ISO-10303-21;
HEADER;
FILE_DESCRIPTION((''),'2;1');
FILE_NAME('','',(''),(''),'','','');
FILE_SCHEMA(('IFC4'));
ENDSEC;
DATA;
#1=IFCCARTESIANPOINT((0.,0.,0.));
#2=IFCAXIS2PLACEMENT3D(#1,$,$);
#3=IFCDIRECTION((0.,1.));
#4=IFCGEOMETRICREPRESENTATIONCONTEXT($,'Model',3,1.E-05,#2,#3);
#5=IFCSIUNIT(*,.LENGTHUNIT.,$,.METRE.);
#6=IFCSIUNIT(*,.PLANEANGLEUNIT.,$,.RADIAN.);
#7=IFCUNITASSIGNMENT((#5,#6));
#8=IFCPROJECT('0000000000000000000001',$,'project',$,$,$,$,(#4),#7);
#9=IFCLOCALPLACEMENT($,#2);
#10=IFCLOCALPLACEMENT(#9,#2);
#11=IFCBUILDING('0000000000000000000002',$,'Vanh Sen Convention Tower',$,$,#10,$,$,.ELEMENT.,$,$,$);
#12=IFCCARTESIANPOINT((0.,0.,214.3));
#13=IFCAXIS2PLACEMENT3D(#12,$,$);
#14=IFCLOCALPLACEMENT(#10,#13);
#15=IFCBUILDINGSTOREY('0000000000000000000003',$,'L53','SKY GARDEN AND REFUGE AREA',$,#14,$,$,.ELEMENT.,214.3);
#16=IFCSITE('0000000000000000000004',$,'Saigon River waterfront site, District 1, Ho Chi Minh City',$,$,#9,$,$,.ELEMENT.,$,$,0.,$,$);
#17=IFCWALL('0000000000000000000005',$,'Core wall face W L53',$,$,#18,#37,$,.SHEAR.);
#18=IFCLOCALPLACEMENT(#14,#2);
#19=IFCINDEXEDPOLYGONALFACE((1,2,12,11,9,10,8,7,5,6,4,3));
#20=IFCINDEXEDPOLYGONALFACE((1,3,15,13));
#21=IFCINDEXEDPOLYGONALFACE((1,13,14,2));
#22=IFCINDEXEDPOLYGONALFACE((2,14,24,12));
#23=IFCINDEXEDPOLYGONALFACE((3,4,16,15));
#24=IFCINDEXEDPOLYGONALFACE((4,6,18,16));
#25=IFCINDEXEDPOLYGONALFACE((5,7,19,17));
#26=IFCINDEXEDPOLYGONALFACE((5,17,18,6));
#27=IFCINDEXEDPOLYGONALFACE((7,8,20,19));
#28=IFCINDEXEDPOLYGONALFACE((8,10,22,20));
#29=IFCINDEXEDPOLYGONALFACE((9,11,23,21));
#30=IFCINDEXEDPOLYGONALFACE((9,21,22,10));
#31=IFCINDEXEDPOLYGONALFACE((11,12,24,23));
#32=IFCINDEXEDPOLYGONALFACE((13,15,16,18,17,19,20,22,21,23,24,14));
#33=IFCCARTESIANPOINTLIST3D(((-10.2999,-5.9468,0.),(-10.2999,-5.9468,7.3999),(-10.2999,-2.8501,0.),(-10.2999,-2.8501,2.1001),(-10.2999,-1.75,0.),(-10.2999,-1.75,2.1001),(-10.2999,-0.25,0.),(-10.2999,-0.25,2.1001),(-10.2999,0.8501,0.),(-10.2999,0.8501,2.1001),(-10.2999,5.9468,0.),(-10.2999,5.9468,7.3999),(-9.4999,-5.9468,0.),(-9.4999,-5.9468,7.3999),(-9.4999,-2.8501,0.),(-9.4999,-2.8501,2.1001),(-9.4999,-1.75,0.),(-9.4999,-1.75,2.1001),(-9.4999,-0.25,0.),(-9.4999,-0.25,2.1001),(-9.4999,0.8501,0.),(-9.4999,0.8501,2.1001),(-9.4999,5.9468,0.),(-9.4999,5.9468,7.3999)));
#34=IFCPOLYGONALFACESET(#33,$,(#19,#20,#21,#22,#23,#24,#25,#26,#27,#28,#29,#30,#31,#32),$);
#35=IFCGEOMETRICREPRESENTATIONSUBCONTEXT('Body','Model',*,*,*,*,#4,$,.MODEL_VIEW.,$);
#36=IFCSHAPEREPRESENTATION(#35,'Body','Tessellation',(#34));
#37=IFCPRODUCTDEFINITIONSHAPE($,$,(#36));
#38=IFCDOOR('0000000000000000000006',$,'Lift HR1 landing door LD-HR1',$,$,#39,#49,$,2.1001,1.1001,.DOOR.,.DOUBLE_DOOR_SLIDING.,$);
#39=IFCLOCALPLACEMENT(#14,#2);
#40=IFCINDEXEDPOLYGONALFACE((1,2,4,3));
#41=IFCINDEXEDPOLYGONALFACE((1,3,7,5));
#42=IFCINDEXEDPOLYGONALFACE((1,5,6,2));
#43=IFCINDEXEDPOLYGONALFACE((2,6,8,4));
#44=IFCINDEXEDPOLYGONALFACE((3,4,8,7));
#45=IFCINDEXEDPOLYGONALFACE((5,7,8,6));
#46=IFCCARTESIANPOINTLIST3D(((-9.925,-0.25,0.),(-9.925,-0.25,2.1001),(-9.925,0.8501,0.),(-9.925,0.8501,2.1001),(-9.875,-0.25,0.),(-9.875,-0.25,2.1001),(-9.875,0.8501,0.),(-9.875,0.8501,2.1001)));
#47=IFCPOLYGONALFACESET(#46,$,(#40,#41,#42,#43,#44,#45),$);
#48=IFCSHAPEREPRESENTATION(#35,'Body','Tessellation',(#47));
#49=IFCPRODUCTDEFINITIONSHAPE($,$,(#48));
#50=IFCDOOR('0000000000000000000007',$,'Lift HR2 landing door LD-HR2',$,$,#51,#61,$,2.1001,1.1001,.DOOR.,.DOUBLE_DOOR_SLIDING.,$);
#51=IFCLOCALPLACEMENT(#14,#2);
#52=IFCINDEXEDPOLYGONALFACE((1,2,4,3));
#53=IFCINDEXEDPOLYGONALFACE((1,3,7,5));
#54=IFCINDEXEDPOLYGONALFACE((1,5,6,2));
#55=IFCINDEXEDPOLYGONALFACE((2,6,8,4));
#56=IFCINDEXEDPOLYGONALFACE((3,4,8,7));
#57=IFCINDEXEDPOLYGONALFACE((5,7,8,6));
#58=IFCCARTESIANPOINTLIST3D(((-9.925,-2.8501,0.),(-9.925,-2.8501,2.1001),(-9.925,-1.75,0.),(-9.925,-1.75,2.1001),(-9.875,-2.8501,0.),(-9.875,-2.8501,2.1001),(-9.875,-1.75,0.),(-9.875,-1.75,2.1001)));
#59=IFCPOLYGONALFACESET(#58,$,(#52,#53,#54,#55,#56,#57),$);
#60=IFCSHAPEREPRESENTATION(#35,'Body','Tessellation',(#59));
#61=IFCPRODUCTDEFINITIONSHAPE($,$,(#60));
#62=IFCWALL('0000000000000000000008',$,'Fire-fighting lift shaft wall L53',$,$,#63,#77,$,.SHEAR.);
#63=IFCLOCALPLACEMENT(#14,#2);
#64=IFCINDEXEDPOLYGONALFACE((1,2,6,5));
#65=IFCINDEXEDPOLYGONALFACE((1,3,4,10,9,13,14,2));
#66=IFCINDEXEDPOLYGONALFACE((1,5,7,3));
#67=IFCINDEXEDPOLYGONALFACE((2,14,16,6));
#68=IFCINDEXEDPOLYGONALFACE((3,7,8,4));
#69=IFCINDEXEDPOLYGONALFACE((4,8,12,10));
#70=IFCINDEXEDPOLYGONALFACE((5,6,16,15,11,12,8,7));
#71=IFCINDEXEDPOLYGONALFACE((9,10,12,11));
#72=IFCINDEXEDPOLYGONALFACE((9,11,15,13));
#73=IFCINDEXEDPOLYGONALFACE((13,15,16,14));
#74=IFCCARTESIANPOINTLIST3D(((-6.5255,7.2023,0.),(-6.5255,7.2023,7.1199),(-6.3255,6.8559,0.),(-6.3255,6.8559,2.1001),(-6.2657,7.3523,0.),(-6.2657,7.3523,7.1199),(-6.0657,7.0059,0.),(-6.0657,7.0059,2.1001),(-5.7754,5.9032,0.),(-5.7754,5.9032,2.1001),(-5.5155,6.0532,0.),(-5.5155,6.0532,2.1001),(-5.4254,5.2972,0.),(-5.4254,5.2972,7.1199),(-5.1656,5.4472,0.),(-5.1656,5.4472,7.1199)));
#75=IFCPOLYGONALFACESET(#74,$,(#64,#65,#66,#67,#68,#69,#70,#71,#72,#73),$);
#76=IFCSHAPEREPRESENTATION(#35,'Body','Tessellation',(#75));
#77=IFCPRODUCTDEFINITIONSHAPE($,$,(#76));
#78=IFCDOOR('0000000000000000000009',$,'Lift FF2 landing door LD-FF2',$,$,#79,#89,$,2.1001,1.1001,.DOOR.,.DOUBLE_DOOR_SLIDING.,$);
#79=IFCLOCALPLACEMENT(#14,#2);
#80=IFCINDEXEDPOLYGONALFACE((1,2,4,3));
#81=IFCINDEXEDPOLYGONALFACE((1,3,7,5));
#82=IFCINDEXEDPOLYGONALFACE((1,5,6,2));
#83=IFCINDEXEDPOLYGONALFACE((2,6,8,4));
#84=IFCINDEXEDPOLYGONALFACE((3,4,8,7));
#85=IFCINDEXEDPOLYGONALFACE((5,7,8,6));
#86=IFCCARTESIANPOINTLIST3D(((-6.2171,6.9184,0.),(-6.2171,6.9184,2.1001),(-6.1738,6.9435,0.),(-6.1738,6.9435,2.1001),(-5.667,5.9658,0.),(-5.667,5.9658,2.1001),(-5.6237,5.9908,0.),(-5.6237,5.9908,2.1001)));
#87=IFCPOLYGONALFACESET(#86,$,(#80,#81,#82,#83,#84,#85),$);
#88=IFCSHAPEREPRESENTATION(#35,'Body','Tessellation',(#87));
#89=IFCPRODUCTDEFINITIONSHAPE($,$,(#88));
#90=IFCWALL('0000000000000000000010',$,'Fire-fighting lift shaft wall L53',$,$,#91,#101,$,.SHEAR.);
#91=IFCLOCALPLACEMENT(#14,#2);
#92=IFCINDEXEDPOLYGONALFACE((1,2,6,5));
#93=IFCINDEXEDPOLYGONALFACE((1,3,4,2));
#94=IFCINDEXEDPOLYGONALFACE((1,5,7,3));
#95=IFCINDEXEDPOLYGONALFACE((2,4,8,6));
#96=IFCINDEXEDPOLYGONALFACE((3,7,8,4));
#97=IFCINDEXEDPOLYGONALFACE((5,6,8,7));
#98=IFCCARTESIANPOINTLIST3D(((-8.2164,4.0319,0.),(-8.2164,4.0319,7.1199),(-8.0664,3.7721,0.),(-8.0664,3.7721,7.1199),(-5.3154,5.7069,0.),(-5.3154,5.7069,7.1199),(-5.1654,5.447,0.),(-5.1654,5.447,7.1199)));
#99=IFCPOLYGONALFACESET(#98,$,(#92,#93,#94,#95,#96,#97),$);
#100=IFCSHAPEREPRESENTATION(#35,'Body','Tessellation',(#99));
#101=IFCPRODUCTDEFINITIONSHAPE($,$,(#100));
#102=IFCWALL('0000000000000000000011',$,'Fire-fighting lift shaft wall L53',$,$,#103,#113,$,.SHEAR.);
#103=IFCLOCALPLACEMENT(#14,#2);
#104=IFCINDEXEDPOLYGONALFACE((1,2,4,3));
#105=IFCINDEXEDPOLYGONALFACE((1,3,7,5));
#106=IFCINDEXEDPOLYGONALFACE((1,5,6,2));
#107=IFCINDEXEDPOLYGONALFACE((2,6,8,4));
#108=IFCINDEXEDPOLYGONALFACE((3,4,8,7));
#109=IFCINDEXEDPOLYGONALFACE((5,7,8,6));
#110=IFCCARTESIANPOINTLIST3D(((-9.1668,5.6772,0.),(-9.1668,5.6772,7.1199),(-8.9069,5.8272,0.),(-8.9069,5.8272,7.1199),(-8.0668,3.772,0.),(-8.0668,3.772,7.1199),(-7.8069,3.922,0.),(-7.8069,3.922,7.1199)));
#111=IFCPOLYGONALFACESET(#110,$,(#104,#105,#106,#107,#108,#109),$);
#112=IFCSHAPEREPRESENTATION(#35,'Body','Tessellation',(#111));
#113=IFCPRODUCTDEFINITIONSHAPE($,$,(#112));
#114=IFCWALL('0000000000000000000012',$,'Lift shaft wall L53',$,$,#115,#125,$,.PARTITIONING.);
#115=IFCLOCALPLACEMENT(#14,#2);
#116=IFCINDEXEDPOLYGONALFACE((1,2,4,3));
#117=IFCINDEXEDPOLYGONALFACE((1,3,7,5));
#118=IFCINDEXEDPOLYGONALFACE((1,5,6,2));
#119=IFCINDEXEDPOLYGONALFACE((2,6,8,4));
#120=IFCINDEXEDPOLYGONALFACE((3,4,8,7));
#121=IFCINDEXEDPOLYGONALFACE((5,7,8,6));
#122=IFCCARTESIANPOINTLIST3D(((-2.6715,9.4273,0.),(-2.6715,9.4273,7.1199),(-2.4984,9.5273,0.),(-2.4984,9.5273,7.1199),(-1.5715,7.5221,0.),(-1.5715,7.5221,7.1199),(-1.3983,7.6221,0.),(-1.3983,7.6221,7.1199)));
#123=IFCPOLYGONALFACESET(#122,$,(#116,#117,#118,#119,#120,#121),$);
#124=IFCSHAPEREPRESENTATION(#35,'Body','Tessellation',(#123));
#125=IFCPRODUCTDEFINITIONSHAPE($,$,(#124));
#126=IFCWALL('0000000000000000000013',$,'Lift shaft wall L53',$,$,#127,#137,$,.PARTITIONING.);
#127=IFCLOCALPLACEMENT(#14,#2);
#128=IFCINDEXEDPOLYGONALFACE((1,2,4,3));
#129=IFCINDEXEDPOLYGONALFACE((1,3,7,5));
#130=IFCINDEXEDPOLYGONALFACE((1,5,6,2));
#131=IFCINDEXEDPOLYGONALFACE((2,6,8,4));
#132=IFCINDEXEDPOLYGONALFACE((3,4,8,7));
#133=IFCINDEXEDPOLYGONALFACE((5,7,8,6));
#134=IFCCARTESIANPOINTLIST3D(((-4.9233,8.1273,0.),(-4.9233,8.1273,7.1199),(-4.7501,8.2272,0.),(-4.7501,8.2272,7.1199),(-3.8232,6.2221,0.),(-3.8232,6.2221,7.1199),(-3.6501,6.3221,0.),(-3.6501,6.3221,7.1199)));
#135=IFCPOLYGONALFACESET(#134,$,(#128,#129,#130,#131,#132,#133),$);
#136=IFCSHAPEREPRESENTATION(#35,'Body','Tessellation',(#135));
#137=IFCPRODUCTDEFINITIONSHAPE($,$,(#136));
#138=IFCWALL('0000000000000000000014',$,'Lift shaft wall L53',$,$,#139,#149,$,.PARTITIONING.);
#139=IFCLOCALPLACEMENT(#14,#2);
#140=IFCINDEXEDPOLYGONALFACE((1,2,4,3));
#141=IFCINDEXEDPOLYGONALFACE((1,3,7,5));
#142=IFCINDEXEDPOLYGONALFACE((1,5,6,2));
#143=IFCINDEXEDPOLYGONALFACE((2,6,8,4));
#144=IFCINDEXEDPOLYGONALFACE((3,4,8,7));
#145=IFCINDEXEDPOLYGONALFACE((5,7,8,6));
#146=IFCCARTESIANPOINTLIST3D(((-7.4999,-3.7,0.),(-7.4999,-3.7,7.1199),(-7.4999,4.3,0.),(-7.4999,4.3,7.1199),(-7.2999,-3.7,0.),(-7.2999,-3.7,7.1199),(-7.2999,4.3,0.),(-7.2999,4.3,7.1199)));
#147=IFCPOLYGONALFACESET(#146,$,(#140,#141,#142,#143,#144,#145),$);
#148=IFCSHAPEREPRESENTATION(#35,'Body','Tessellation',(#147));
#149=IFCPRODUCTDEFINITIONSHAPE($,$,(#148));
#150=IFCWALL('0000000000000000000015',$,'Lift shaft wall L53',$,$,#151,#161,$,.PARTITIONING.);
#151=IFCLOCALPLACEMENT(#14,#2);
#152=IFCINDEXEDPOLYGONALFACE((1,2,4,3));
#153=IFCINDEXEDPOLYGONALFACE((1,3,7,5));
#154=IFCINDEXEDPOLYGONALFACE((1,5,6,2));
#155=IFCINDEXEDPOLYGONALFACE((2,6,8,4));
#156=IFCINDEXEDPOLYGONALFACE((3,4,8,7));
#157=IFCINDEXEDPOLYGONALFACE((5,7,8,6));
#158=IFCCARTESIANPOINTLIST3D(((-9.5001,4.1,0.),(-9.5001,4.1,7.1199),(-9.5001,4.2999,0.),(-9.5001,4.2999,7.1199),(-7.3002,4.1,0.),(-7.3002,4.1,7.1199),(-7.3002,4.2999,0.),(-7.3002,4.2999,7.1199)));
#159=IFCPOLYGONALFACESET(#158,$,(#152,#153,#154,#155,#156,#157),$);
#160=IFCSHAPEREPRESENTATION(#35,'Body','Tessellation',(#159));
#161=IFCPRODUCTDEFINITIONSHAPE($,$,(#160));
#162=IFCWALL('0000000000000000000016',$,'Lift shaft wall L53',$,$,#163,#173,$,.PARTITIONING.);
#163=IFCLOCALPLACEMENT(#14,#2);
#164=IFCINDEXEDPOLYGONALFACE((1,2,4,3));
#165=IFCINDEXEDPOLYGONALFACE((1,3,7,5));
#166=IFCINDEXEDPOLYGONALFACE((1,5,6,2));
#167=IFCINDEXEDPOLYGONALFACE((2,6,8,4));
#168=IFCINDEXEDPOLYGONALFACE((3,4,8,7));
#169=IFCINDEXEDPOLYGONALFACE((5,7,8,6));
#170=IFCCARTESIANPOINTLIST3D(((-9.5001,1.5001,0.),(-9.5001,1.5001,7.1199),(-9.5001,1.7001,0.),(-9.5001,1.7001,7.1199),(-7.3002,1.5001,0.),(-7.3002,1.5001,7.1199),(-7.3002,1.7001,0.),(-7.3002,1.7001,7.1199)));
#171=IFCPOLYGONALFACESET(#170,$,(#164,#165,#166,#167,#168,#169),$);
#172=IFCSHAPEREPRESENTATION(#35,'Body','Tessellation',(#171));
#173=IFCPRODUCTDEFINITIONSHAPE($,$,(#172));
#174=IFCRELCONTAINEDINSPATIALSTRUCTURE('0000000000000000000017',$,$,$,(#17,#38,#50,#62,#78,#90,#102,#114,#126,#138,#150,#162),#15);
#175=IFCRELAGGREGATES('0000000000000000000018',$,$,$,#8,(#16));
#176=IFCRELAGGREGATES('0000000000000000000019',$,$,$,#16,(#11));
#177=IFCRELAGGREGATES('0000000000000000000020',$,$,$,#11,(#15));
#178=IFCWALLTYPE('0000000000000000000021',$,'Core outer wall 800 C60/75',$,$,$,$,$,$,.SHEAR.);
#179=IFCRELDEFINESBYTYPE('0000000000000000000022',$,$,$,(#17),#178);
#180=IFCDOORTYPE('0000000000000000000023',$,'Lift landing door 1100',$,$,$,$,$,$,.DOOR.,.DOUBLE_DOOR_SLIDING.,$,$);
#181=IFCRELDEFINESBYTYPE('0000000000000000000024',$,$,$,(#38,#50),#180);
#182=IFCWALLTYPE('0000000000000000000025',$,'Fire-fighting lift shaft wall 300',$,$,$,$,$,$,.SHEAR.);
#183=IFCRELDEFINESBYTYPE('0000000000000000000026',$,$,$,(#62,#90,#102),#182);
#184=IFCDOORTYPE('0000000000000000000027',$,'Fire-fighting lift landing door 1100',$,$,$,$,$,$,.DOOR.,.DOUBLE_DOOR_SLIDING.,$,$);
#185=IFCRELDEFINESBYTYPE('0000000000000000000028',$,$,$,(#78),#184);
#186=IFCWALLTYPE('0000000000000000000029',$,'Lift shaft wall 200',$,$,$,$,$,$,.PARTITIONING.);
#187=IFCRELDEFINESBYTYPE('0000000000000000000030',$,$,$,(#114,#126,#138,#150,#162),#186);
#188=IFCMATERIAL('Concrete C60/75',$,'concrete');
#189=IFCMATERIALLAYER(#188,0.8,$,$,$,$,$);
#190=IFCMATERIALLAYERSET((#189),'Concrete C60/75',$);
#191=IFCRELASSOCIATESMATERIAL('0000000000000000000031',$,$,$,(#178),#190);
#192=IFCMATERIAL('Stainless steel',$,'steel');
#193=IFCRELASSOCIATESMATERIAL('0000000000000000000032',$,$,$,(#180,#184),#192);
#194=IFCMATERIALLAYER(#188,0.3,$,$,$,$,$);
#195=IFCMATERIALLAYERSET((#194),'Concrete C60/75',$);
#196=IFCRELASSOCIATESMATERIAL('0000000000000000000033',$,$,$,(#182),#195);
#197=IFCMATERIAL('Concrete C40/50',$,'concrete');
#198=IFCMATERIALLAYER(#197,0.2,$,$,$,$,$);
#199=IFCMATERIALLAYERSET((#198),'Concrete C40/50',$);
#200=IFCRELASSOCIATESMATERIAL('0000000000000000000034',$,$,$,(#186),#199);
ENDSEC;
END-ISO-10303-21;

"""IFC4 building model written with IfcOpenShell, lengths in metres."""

from ifc_helpers import new_model, si_unit, direction, frame, frame_2d, origin, place, context, subcontext, project, spatial, rectangle, extrude, material, layer, layer_set, type_object, element, fill, save


model = new_model("IFC4")

# Units and contexts
model_context = context("Model", 3, precision=1e-05, world=origin(), true_north=direction((0.0, 1.0)))
body_context = subcontext(model_context, "Body", "Model", "MODEL_VIEW")
ifc_project = project(units=[si_unit("LENGTHUNIT", "METRE"), si_unit("PLANEANGLEUNIT", "RADIAN")], contexts=[model_context])

# Site, building, storey
site_placement = place(None, origin())
site = spatial("IfcSite", under=ifc_project, at=site_placement, Name="Saigon River waterfront site, District 1, Ho Chi Minh City", CompositionType="ELEMENT", RefElevation=0.0)
building_placement = place(site_placement, origin())
building = spatial("IfcBuilding", under=site, at=building_placement, Name="Vanh Sen Convention Tower", CompositionType="ELEMENT")
storey_placement = place(building_placement, frame((0.0, 0.0, 214.3)))
storey = spatial("IfcBuildingStorey", under=building, at=storey_placement, Name="L53", Description="SKY GARDEN AND REFUGE AREA", CompositionType="ELEMENT", Elevation=214.3)

# Wall, openings, doors
ifc_material_1 = material(Name="Concrete C60/75", Category="concrete")
ifc_layer_1 = layer(ifc_material_1, 0.8)
ifc_layer_set_1 = layer_set([ifc_layer_1], Name="Concrete C60/75")
wall_type_1 = type_object("IfcWallType", Name="Core outer wall 800 C60/75", PredefinedType="SHEAR", material=ifc_layer_set_1)
wall_1_placement = place(storey_placement, frame((-9.8999, 5.9468, 0.0), z_axis=(0.0, 0.0, 1.0), x_axis=(0.0, -1.0, 0.0)))
wall_1 = element("IfcWall", 1, at=wall_1_placement, inside=storey, type_object=wall_type_1, Name="Core wall face W L53", PredefinedType="SHEAR", context=body_context, shape_type="SweptSolid", body=[
    extrude(rectangle(XDim=11.8936, YDim=0.8, at=frame_2d((5.9468, 0.0))), origin(), (0.0, 0.0, 1.0), 7.3999),
])
opening_1_placement = place(wall_1_placement, frame((5.0967, 0.0, 0.0)))
opening_1 = element("IfcOpeningElement", 2, at=opening_1_placement, cuts=wall_1, PredefinedType="OPENING", context=body_context, shape_type="SweptSolid", body=[
    extrude(rectangle(XDim=1.1001, YDim=2.1001, at=frame_2d((0.55, 1.05))), frame((0.0, 0.4099, 0.0), z_axis=(0.0, -1.0, 0.0), x_axis=(1.0, 0.0, 0.0)), (0.0, 0.0, 1.0), 0.8201),
])
opening_2_placement = place(wall_1_placement, frame((7.6968, 0.0, 0.0)))
opening_2 = element("IfcOpeningElement", 3, at=opening_2_placement, cuts=wall_1, PredefinedType="OPENING", context=body_context, shape_type="SweptSolid", body=[
    extrude(rectangle(XDim=1.1001, YDim=2.1001, at=frame_2d((0.55, 1.05))), frame((0.0, 0.4099, 0.0), z_axis=(0.0, -1.0, 0.0), x_axis=(1.0, 0.0, 0.0)), (0.0, 0.0, 1.0), 0.8201),
])
ifc_material_2 = material(Name="Stainless steel", Category="steel")
door_type_1 = type_object("IfcDoorType", Name="Lift landing door 1100", OperationType="DOUBLE_DOOR_SLIDING", PredefinedType="DOOR", material=ifc_material_2)
door_1_placement = place(opening_1_placement, origin())
door_1 = element("IfcDoor", 4, at=door_1_placement, inside=storey, type_object=door_type_1, Name="Lift HR1 landing door LD-HR1", OperationType="DOUBLE_DOOR_SLIDING", OverallHeight=2.1001, OverallWidth=1.1001, PredefinedType="DOOR", context=body_context, shape_type="SweptSolid", body=[
    extrude(rectangle(XDim=1.1001, YDim=2.1001, at=frame_2d((0.55, 1.05))), frame((0.0, 0.0249, 0.0), z_axis=(0.0, -1.0, 0.0), x_axis=(1.0, 0.0, 0.0)), (0.0, 0.0, 1.0), 0.05),
])
fill(opening_1, door_1)
door_2_placement = place(opening_2_placement, origin())
door_2 = element("IfcDoor", 5, at=door_2_placement, inside=storey, type_object=door_type_1, Name="Lift HR2 landing door LD-HR2", OperationType="DOUBLE_DOOR_SLIDING", OverallHeight=2.1001, OverallWidth=1.1001, PredefinedType="DOOR", context=body_context, shape_type="SweptSolid", body=[
    extrude(rectangle(XDim=1.1001, YDim=2.1001, at=frame_2d((0.55, 1.05))), frame((0.0, 0.0249, 0.0), z_axis=(0.0, -1.0, 0.0), x_axis=(1.0, 0.0, 0.0)), (0.0, 0.0, 1.0), 0.05),
])
fill(opening_2, door_2)

# Wall, opening, door
ifc_layer_2 = layer(ifc_material_1, 0.3)
ifc_layer_set_2 = layer_set([ifc_layer_2], Name="Concrete C60/75")
wall_type_2 = type_object("IfcWallType", Name="Fire-fighting lift shaft wall 300", PredefinedType="SHEAR", material=ifc_layer_set_2)
wall_2_placement = place(storey_placement, frame((-5.2954, 5.3721, 0.0), z_axis=(0.0, 0.0, 1.0), x_axis=(-0.500078, 0.86598, 0.0)))
wall_2 = element("IfcWall", 6, at=wall_2_placement, inside=storey, type_object=wall_type_2, Name="Fire-fighting lift shaft wall L53", PredefinedType="SHEAR", context=body_context, shape_type="SweptSolid", body=[
    extrude(rectangle(XDim=2.2, YDim=0.3, at=frame_2d((1.1001, 0.0))), origin(), (0.0, 0.0, 1.0), 7.1199),
])
opening_3_placement = place(wall_2_placement, frame((0.7, 0.0, 0.0)))
opening_3 = element("IfcOpeningElement", 7, at=opening_3_placement, cuts=wall_2, PredefinedType="OPENING", context=body_context, shape_type="SweptSolid", body=[
    extrude(rectangle(XDim=1.1001, YDim=2.1001, at=frame_2d((0.55, 1.05))), frame((0.0, 0.1599, 0.0), z_axis=(0.0, -1.0, 0.0), x_axis=(1.0, 0.0, 0.0)), (0.0, 0.0, 1.0), 0.3201),
])
door_type_2 = type_object("IfcDoorType", Name="Fire-fighting lift landing door 1100", OperationType="DOUBLE_DOOR_SLIDING", PredefinedType="DOOR", material=ifc_material_2)
door_3_placement = place(opening_3_placement, origin())
door_3 = element("IfcDoor", 8, at=door_3_placement, inside=storey, type_object=door_type_2, Name="Lift FF2 landing door LD-FF2", OperationType="DOUBLE_DOOR_SLIDING", OverallHeight=2.1001, OverallWidth=1.1001, PredefinedType="DOOR", context=body_context, shape_type="SweptSolid", body=[
    extrude(rectangle(XDim=1.1001, YDim=2.1001, at=frame_2d((0.55, 1.05))), frame((0.0, 0.0249, 0.0), z_axis=(0.0, -1.0, 0.0), x_axis=(1.0, 0.0, 0.0)), (0.0, 0.0, 1.0), 0.05),
])
fill(opening_3, door_3)

# Walls
wall_3_placement = place(storey_placement, frame((-5.2405, 5.5769, 0.0), z_axis=(0.0, 0.0, 1.0), x_axis=(-0.866014, -0.500019, 0.0)))
element("IfcWall", 9, at=wall_3_placement, inside=storey, type_object=wall_type_2, Name="Fire-fighting lift shaft wall L53", PredefinedType="SHEAR", context=body_context, shape_type="SweptSolid", body=[
    extrude(rectangle(XDim=3.3499, YDim=0.3, at=frame_2d((1.6748, 0.0))), origin(), (0.0, 0.0, 1.0), 7.1199),
])
wall_4_placement = place(storey_placement, frame((-7.9368, 3.8469, 0.0), z_axis=(0.0, 0.0, 1.0), x_axis=(-0.50003, 0.866008, 0.0)))
element("IfcWall", 10, at=wall_4_placement, inside=storey, type_object=wall_type_2, Name="Fire-fighting lift shaft wall L53", PredefinedType="SHEAR", context=body_context, shape_type="SweptSolid", body=[
    extrude(rectangle(XDim=2.2, YDim=0.3, at=frame_2d((1.1001, 0.0))), origin(), (0.0, 0.0, 1.0), 7.1199),
])
ifc_material_3 = material(Name="Concrete C40/50", Category="concrete")
ifc_layer_3 = layer(ifc_material_3, 0.2)
ifc_layer_set_3 = layer_set([ifc_layer_3], Name="Concrete C40/50")
wall_type_3 = type_object("IfcWallType", Name="Lift shaft wall 200", PredefinedType="PARTITIONING", material=ifc_layer_set_3)
for number, where, z_axis, x_axis, name in (
    (11, (-1.4849, 7.572, 0.0), (0.0, 0.0, 1.0), (-0.50003, 0.866008, 0.0), "Lift shaft wall L53"),
    (12, (-3.7366, 6.272, 0.0), (0.0, 0.0, 1.0), (-0.50003, 0.866008, 0.0), "Lift shaft wall L53"),
):
    element("IfcWall", number, at=place(storey_placement, frame(where, z_axis=z_axis, x_axis=x_axis)), inside=storey, type_object=wall_type_3, Name=name, PredefinedType="PARTITIONING", context=body_context, shape_type="SweptSolid", body=[
        extrude(rectangle(XDim=2.2, YDim=0.2, at=frame_2d((1.1001, 0.0))), origin(), (0.0, 0.0, 1.0), 7.1199),
    ])
wall_5_placement = place(storey_placement, frame((-7.3999, 4.3, 0.0), z_axis=(0.0, 0.0, 1.0), x_axis=(0.0, -1.0, 0.0)))
element("IfcWall", 13, at=wall_5_placement, inside=storey, type_object=wall_type_3, Name="Lift shaft wall L53", PredefinedType="PARTITIONING", context=body_context, shape_type="SweptSolid", body=[
    extrude(rectangle(XDim=8.0, YDim=0.2, at=frame_2d((4.0, 0.0))), origin(), (0.0, 0.0, 1.0), 7.1199),
])
for number, where, z_axis, x_axis, name in (
    (14, (-7.3, 4.2, 0.0), (0.0, 0.0, 1.0), (-1.0, 0.0, 0.0), "Lift shaft wall L53"),
    (15, (-7.3, 1.6001, 0.0), (0.0, 0.0, 1.0), (-1.0, 0.0, 0.0), "Lift shaft wall L53"),
):
    element("IfcWall", number, at=place(storey_placement, frame(where, z_axis=z_axis, x_axis=x_axis)), inside=storey, type_object=wall_type_3, Name=name, PredefinedType="PARTITIONING", context=body_context, shape_type="SweptSolid", body=[
        extrude(rectangle(XDim=2.2, YDim=0.2, at=frame_2d((1.1001, 0.0))), origin(), (0.0, 0.0, 1.0), 7.1199),
    ])

save(model, "model.ifc")
